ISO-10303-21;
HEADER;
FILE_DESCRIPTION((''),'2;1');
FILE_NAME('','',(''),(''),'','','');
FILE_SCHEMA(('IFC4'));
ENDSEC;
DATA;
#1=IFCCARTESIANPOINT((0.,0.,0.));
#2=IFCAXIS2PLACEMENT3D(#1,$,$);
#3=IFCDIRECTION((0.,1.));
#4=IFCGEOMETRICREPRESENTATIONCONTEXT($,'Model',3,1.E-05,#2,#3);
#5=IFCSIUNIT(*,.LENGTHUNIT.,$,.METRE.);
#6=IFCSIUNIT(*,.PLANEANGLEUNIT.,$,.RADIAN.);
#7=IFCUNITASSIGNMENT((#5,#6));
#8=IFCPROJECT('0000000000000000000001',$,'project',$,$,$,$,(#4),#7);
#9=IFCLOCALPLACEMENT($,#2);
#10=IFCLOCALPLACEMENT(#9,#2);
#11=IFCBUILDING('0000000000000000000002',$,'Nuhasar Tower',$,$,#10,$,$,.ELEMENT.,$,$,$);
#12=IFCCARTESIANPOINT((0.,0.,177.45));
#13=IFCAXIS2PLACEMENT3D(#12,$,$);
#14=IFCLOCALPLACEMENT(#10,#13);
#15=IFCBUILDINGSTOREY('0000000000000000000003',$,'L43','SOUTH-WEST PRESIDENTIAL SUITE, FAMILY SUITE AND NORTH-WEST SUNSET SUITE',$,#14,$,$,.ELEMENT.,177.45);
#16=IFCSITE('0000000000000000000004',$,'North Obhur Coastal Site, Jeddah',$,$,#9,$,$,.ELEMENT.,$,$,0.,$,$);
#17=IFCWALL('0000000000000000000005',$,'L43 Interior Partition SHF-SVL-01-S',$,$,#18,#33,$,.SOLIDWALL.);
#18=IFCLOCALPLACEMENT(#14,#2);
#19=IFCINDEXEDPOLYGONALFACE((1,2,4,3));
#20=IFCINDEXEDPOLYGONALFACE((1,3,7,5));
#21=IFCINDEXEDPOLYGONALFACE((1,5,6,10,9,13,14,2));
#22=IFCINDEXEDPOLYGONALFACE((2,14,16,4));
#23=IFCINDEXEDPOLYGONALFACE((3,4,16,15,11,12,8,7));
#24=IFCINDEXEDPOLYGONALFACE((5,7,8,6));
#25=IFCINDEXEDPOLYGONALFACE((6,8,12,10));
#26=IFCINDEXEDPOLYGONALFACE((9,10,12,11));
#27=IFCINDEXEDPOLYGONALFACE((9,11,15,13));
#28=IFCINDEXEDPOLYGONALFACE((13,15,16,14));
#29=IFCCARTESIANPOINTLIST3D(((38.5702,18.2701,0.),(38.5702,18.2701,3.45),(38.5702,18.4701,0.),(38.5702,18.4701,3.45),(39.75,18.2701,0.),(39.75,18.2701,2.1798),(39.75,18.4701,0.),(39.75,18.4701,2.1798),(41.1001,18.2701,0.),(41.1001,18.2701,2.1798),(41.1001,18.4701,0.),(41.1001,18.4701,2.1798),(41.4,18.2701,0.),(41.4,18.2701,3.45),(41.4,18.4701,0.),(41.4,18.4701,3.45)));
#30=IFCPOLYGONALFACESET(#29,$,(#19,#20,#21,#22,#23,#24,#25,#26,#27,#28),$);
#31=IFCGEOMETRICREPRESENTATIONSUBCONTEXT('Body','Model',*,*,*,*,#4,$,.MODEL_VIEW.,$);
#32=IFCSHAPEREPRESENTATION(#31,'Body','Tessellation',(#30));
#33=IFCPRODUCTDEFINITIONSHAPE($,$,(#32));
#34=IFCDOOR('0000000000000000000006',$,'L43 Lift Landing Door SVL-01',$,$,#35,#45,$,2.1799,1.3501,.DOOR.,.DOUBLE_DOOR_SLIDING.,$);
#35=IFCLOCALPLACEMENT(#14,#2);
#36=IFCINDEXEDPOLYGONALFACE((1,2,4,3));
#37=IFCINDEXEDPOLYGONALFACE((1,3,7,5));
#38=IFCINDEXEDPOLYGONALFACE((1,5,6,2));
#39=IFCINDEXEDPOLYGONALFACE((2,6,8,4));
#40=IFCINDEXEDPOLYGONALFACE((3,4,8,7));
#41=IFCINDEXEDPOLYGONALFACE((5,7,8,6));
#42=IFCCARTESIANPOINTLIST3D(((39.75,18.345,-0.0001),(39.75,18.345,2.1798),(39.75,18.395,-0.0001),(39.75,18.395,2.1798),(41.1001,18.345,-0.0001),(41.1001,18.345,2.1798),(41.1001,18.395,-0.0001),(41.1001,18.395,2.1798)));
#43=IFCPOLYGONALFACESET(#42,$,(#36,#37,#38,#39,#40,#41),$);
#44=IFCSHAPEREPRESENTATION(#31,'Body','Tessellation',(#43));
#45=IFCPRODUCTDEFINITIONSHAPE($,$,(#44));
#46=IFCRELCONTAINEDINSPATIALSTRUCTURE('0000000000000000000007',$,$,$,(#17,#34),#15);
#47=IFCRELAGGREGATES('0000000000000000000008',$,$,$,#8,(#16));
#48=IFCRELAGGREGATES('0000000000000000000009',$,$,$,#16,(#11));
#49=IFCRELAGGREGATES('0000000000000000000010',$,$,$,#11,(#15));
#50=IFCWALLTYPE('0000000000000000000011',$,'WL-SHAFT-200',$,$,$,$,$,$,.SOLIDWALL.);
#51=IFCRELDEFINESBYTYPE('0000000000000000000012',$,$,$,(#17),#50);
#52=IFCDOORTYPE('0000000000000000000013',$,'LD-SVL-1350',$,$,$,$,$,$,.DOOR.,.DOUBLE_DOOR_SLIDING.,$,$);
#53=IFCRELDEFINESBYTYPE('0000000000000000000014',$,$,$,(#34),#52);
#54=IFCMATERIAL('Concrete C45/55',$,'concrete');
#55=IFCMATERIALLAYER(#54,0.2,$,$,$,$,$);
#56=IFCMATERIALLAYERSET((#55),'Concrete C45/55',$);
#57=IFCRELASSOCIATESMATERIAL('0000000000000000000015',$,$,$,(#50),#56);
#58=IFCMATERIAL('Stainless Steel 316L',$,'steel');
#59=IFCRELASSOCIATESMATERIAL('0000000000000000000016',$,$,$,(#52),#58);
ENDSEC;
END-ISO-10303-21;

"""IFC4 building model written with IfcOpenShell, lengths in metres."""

from ifc_helpers import new_model, si_unit, direction, frame, frame_2d, origin, place, context, subcontext, project, spatial, rectangle, extrude, material, layer, layer_set, type_object, element, fill, save


model = new_model("IFC4")

# Units and contexts
model_context = context("Model", 3, precision=1e-05, world=origin(), true_north=direction((0.0, 1.0)))
body_context = subcontext(model_context, "Body", "Model", "MODEL_VIEW")
ifc_project = project(units=[si_unit("LENGTHUNIT", "METRE"), si_unit("PLANEANGLEUNIT", "RADIAN")], contexts=[model_context])

# Site, building, storey
site_placement = place(None, origin())
site = spatial("IfcSite", under=ifc_project, at=site_placement, Name="North Obhur Coastal Site, Jeddah", CompositionType="ELEMENT", RefElevation=0.0)
building_placement = place(site_placement, origin())
building = spatial("IfcBuilding", under=site, at=building_placement, Name="Nuhasar Tower", CompositionType="ELEMENT")
storey_placement = place(building_placement, frame((0.0, 0.0, 177.45)))
storey = spatial("IfcBuildingStorey", under=building, at=storey_placement, Name="L43", Description="SOUTH-WEST PRESIDENTIAL SUITE, FAMILY SUITE AND NORTH-WEST SUNSET SUITE", CompositionType="ELEMENT", Elevation=177.45)

# Shared definitions
ifc_material_1 = material(Name="Concrete C45/55", Category="concrete")
ifc_layer_1 = layer(ifc_material_1, 0.2)
ifc_layer_set_1 = layer_set([ifc_layer_1], Name="Concrete C45/55")
wall_type_1 = type_object("IfcWallType", Name="WL-SHAFT-200", PredefinedType="SOLIDWALL", material=ifc_layer_set_1)

# Shared definitions
ifc_material_2 = material(Name="Stainless Steel 316L", Category="steel")

# Wall, opening, door
wall_1_placement = place(storey_placement, frame((38.5701, 18.3701, 0.0), z_axis=(0.0, 0.0, 1.0), x_axis=(1.0, 0.0, 0.0)))
wall_1 = element("IfcWall", 1, at=wall_1_placement, inside=storey, type_object=wall_type_1, Name="L43 Interior Partition SHF-SVL-01-S", PredefinedType="SOLIDWALL", context=body_context, shape_type="SweptSolid", body=[
    extrude(rectangle(XDim=2.8298, YDim=0.2, at=frame_2d((1.415, 0.0))), origin(), (0.0, 0.0, 1.0), 3.45),
])
opening_1_placement = place(wall_1_placement, frame((1.1799, 0.0, 0.0)))
opening_1 = element("IfcOpeningElement", 2, at=opening_1_placement, cuts=wall_1, PredefinedType="OPENING", context=body_context, shape_type="SweptSolid", body=[
    extrude(rectangle(XDim=1.3501, YDim=2.1799, at=frame_2d((0.675, 1.0898))), frame((0.0, 0.1099, 0.0), z_axis=(0.0, -1.0, 0.0), x_axis=(1.0, 0.0, 0.0)), (0.0, 0.0, 1.0), 0.22),
])
door_type_1 = type_object("IfcDoorType", Name="LD-SVL-1350", OperationType="DOUBLE_DOOR_SLIDING", PredefinedType="DOOR", material=ifc_material_2)
door_1_placement = place(opening_1_placement, origin())
door_1 = element("IfcDoor", 3, at=door_1_placement, inside=storey, type_object=door_type_1, Name="L43 Lift Landing Door SVL-01", OperationType="DOUBLE_DOOR_SLIDING", OverallHeight=2.1799, OverallWidth=1.3501, PredefinedType="DOOR", context=body_context, shape_type="SweptSolid", body=[
    extrude(rectangle(XDim=1.3501, YDim=2.1799, at=frame_2d((0.675, 1.0898))), frame((0.0, 0.0249, 0.0), z_axis=(0.0, -1.0, 0.0), x_axis=(1.0, 0.0, 0.0)), (0.0, 0.0, 1.0), 0.05),
])
fill(opening_1, door_1)

save(model, "model.ifc")
